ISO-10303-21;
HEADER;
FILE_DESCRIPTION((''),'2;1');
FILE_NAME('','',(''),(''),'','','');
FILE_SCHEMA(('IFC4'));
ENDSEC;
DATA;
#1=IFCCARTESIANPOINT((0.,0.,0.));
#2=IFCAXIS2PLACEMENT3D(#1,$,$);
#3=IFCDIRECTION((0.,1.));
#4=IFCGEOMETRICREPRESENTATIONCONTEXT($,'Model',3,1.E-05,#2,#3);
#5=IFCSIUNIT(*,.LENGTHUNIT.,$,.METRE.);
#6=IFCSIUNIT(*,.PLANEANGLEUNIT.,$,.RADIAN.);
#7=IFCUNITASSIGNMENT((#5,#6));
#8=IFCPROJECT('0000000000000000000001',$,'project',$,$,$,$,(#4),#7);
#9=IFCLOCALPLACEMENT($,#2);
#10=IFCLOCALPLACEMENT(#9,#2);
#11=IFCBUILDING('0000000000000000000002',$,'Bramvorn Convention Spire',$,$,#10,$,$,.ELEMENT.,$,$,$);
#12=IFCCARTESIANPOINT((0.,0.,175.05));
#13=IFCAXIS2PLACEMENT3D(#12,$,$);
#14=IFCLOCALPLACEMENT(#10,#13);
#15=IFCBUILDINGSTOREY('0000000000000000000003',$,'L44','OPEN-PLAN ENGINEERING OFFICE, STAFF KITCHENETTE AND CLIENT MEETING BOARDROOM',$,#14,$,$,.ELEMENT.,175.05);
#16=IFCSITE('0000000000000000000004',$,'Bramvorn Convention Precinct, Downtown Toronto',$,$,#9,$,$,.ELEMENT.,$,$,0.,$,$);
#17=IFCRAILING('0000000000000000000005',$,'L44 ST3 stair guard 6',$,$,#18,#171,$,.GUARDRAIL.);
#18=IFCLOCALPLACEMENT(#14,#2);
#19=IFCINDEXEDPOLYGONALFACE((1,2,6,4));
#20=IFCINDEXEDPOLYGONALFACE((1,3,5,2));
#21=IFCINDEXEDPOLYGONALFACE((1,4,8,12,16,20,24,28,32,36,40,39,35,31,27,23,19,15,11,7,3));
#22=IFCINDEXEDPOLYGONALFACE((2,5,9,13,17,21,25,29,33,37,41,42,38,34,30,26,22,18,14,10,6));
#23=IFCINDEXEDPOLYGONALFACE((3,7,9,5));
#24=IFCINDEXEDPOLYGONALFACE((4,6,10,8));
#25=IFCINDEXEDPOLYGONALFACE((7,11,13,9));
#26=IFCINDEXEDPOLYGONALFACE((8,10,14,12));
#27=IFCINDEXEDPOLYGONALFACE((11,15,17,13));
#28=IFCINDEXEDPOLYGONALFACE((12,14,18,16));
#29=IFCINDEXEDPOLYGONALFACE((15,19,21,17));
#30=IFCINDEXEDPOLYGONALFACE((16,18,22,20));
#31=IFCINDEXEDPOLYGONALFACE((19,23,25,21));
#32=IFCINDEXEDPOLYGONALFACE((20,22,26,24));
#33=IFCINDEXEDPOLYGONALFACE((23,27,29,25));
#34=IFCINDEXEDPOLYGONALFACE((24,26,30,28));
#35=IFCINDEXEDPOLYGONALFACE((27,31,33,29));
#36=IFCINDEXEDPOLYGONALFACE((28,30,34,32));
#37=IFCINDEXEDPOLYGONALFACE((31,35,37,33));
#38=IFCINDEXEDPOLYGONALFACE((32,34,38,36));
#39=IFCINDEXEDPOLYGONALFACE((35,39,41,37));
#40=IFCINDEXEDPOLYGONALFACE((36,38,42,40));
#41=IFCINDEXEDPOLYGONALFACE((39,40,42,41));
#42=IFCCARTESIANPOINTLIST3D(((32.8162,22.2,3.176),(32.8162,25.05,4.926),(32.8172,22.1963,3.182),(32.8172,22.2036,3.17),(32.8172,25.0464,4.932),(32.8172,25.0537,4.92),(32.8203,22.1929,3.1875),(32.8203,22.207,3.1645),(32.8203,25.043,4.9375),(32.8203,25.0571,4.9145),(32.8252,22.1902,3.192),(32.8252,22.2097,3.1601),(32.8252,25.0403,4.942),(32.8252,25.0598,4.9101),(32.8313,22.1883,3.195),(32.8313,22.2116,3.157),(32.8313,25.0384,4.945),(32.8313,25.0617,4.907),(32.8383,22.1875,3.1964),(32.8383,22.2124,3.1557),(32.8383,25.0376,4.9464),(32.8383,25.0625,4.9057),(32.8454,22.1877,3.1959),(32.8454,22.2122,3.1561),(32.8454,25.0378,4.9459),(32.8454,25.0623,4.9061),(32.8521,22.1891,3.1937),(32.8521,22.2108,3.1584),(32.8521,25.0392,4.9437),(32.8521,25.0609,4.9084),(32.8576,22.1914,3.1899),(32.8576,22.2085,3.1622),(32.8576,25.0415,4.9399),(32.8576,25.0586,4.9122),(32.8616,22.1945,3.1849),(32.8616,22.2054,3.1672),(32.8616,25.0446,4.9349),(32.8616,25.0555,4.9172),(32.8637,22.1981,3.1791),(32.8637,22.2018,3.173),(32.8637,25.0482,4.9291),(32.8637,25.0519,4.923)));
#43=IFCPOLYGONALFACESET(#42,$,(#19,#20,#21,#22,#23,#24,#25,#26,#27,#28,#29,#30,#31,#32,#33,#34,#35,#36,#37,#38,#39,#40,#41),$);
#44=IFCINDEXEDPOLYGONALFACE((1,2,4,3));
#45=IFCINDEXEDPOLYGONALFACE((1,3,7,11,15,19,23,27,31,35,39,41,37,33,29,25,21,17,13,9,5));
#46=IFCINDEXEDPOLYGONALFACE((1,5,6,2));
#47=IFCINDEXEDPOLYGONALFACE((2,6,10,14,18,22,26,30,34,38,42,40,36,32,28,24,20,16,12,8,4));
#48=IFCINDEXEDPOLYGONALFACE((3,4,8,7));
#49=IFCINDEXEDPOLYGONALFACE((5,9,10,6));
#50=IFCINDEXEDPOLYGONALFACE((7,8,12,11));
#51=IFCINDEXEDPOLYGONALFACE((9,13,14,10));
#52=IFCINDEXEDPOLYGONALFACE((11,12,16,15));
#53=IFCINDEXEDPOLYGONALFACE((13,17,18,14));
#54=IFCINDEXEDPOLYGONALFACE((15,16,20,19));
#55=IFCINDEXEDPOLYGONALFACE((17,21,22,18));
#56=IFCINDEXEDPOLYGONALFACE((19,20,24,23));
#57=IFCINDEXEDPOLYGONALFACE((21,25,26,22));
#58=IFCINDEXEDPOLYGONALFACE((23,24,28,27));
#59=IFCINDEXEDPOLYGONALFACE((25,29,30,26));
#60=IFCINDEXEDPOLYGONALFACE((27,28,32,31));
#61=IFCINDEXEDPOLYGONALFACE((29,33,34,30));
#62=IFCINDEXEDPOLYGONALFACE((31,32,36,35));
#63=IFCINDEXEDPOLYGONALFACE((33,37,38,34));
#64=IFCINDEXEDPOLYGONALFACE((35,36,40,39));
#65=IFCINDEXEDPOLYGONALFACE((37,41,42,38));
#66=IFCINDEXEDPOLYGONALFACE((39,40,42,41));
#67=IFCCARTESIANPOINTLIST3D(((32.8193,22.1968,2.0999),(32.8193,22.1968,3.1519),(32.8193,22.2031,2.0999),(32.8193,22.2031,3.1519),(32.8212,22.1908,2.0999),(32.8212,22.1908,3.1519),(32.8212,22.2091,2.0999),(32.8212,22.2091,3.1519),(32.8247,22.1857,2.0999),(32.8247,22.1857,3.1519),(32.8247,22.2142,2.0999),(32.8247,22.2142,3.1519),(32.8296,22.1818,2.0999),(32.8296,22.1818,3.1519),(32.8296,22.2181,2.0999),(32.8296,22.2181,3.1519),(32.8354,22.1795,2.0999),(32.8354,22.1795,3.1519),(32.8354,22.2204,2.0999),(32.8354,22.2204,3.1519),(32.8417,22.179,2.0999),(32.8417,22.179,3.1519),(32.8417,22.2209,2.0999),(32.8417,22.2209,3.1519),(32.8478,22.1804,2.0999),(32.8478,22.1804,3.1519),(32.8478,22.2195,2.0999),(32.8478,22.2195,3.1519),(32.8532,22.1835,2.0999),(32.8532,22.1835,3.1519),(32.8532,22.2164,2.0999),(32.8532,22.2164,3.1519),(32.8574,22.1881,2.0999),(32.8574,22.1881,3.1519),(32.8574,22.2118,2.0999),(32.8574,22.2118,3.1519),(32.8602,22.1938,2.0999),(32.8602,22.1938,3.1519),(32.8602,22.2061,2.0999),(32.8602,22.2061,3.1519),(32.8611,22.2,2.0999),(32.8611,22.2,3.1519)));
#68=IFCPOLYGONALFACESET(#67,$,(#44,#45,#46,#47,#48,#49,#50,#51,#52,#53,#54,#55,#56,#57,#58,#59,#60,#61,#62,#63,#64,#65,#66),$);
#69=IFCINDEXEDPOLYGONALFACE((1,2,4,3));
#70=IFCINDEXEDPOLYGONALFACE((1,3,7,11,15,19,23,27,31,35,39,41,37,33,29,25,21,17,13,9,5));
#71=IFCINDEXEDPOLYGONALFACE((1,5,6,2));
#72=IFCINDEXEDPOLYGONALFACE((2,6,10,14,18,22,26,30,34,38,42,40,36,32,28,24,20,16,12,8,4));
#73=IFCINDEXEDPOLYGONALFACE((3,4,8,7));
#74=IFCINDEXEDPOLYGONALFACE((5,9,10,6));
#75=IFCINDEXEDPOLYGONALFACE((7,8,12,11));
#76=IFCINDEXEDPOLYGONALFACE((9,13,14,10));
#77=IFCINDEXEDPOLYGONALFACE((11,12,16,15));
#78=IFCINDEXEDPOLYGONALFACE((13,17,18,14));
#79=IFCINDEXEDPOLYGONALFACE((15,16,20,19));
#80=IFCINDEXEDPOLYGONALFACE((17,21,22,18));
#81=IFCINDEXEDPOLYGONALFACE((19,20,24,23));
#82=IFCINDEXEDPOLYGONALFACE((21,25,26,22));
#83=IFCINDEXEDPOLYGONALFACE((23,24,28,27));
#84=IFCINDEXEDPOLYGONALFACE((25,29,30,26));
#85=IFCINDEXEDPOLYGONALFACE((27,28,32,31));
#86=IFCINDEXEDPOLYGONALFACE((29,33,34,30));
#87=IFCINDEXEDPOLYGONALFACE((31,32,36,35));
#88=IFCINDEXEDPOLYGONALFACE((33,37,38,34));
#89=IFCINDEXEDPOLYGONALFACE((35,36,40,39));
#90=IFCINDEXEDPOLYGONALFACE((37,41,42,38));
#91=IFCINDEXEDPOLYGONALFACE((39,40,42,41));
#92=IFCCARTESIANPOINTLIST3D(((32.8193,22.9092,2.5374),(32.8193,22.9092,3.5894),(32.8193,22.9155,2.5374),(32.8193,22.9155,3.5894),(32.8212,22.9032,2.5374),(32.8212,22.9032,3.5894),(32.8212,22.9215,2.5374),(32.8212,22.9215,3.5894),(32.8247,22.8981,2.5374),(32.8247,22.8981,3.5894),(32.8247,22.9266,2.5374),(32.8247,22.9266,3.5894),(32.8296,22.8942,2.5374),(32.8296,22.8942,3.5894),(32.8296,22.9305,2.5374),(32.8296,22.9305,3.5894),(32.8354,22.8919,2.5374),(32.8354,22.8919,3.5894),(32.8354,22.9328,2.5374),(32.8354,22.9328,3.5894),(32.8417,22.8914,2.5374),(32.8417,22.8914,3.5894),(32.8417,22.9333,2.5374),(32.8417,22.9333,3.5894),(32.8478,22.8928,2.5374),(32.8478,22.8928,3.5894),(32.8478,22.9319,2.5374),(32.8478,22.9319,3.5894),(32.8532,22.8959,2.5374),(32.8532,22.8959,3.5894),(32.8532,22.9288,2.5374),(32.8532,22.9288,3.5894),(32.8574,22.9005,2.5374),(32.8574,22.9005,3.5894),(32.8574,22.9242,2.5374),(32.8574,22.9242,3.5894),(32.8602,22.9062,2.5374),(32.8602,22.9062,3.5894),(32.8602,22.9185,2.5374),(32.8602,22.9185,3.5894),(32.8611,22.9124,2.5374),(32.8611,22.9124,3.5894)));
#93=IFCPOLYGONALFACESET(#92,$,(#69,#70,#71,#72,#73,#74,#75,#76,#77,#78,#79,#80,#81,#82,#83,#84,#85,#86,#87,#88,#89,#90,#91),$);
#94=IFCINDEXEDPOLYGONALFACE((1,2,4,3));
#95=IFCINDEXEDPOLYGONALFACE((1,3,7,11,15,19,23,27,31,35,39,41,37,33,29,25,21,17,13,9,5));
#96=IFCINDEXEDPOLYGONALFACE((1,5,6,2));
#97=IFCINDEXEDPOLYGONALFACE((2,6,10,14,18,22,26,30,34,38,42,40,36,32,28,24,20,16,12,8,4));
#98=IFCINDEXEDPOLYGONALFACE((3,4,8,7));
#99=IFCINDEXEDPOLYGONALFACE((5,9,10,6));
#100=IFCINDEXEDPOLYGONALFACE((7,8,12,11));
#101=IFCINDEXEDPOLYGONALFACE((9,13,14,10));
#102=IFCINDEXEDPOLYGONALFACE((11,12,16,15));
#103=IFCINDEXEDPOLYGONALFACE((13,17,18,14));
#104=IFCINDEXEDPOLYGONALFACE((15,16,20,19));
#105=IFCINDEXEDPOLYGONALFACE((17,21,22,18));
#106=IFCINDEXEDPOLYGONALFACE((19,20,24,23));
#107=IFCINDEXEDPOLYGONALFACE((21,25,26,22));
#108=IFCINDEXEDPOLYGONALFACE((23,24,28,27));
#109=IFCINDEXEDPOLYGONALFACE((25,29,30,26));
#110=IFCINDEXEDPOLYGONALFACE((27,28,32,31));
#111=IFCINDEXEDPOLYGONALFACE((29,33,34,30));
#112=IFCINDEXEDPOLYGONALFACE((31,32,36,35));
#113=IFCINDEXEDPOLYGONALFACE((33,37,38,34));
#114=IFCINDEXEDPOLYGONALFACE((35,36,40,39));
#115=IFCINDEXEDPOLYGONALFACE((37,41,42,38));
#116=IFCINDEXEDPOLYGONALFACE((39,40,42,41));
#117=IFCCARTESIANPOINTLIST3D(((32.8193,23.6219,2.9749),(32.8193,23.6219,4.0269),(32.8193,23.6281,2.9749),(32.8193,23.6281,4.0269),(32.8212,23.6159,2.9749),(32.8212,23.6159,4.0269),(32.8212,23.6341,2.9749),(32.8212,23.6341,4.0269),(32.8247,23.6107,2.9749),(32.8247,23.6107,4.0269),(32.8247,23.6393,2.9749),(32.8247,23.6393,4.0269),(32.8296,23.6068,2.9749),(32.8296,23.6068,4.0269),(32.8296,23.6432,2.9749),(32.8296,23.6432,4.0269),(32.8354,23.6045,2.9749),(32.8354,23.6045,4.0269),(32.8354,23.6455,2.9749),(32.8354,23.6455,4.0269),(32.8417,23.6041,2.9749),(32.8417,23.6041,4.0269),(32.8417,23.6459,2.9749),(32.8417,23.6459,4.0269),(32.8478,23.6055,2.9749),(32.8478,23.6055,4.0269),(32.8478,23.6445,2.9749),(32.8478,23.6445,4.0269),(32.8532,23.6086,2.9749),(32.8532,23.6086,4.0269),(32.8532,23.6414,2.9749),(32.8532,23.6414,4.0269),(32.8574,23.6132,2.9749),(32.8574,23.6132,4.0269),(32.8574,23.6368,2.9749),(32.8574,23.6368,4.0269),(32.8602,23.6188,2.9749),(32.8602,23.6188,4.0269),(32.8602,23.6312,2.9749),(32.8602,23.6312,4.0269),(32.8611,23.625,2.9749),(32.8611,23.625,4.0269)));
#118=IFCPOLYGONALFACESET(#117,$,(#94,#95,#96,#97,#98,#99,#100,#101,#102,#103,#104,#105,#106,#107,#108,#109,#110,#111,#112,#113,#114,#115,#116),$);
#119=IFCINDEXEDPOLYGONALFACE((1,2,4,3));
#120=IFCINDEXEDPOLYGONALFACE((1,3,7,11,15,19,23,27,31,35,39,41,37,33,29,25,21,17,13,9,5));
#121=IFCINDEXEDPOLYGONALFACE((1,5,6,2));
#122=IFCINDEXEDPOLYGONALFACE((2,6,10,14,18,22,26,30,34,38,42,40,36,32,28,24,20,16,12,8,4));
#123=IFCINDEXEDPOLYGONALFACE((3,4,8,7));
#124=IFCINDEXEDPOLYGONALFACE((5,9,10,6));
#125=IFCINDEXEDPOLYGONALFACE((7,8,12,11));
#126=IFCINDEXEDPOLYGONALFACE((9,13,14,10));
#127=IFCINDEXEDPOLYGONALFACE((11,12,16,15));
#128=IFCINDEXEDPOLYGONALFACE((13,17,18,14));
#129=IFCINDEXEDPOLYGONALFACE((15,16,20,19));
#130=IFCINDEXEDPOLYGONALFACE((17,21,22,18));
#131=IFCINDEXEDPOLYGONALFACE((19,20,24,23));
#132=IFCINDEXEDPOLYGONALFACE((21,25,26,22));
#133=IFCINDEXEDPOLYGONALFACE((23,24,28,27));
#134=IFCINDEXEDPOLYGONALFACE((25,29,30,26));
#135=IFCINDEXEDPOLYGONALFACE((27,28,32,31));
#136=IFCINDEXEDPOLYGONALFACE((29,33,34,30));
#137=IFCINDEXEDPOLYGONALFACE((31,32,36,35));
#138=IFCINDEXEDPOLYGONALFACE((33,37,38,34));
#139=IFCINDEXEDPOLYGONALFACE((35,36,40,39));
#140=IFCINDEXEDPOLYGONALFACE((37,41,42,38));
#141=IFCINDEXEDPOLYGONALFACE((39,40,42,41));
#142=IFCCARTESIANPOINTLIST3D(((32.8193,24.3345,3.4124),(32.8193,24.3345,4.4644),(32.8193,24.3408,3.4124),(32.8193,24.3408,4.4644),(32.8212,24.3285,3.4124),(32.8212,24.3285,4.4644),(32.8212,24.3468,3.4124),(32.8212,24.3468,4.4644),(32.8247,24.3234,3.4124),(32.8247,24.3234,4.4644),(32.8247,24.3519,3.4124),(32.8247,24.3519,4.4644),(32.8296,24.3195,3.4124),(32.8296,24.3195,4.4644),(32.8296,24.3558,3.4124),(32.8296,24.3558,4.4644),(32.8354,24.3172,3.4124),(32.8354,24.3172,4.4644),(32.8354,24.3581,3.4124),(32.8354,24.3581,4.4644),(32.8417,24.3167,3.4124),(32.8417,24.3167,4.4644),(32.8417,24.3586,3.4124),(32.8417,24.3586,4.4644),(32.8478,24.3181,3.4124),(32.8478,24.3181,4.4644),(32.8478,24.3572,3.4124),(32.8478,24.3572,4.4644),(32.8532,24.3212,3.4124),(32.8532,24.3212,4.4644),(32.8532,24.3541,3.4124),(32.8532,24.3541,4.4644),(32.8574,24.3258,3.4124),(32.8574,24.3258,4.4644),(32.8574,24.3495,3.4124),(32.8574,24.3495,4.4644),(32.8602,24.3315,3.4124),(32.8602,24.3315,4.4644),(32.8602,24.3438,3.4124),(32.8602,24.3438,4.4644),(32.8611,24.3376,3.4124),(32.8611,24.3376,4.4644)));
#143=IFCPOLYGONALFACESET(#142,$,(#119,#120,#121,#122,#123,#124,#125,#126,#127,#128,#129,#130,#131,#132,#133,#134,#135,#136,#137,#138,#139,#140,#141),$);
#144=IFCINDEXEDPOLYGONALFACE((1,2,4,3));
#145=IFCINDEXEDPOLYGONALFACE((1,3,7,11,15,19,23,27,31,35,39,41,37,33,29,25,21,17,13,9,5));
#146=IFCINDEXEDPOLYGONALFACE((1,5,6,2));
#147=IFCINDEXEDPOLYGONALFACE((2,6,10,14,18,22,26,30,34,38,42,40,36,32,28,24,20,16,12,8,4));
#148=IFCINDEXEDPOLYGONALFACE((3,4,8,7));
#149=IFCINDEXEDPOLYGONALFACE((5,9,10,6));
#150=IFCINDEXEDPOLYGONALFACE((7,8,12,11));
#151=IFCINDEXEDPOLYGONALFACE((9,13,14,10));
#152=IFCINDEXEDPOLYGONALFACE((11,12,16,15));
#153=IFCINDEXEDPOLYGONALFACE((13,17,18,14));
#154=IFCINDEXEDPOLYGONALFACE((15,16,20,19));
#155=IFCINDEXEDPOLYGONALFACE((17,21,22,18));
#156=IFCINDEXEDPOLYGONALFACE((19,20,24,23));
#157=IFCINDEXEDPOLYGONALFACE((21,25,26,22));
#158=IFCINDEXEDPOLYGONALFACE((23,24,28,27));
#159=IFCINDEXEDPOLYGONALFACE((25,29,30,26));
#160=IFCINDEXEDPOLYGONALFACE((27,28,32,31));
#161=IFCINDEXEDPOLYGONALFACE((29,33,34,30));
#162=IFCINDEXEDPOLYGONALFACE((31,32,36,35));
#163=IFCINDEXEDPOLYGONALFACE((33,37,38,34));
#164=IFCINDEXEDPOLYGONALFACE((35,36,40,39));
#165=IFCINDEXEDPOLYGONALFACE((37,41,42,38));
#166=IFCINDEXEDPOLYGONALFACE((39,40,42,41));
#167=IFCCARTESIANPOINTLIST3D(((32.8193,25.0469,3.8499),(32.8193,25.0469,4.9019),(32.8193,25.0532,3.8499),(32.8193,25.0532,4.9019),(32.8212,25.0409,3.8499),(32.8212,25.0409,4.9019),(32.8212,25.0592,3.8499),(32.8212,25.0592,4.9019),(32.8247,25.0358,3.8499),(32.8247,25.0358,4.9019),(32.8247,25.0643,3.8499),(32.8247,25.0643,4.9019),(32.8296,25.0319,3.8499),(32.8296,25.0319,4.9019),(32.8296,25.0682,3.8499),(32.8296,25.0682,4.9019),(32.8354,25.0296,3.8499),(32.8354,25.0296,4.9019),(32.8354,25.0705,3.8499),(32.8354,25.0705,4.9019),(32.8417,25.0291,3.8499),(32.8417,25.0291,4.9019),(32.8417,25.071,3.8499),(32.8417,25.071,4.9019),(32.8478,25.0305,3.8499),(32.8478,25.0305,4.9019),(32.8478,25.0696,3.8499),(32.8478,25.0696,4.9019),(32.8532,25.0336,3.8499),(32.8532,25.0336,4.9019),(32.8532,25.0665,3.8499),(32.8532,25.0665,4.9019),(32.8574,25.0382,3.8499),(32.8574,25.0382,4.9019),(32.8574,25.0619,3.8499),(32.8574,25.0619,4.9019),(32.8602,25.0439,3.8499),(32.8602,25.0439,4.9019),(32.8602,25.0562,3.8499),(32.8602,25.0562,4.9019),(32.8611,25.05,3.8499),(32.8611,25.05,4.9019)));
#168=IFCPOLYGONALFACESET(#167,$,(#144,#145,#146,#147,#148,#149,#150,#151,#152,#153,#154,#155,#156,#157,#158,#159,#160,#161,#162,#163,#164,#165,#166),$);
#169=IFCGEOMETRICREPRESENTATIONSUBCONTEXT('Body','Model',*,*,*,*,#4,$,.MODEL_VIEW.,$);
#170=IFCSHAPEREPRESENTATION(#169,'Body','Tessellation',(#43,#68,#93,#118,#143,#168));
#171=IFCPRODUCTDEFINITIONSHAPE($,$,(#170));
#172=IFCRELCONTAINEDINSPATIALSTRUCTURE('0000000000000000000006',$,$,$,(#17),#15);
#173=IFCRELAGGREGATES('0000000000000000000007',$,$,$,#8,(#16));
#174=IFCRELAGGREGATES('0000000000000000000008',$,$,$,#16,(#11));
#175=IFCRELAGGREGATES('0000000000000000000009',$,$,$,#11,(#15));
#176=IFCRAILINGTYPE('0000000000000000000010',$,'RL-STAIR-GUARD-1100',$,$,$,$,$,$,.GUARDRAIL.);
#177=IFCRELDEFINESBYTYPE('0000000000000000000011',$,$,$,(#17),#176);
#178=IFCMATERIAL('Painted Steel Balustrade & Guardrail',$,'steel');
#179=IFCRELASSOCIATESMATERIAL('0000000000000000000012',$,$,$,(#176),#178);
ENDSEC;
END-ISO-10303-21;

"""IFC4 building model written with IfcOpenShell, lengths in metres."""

from ifc_helpers import new_model, si_unit, direction, frame, origin, origin_2d, place, context, subcontext, project, spatial, circle, extrude, material, type_object, element, save


model = new_model("IFC4")

# Units and contexts
model_context = context("Model", 3, precision=1e-05, world=origin(), true_north=direction((0.0, 1.0)))
body_context = subcontext(model_context, "Body", "Model", "MODEL_VIEW")
ifc_project = project(units=[si_unit("LENGTHUNIT", "METRE"), si_unit("PLANEANGLEUNIT", "RADIAN")], contexts=[model_context])

# Site, building, storey
site_placement = place(None, origin())
site = spatial("IfcSite", under=ifc_project, at=site_placement, Name="Bramvorn Convention Precinct, Downtown Toronto", CompositionType="ELEMENT", RefElevation=0.0)
building_placement = place(site_placement, origin())
building = spatial("IfcBuilding", under=site, at=building_placement, Name="Bramvorn Convention Spire", CompositionType="ELEMENT")
storey_placement = place(building_placement, frame((0.0, 0.0, 175.05)))
storey = spatial("IfcBuildingStorey", under=building, at=storey_placement, Name="L44", Description="OPEN-PLAN ENGINEERING OFFICE, STAFF KITCHENETTE AND CLIENT MEETING BOARDROOM", CompositionType="ELEMENT", Elevation=175.05)

# Railing
ifc_material_1 = material(Name="Painted Steel Balustrade & Guardrail", Category="steel")
railing_type_1 = type_object("IfcRailingType", Name="RL-STAIR-GUARD-1100", PredefinedType="GUARDRAIL", material=ifc_material_1)
railing_1_placement = place(storey_placement, frame((32.8401, 22.2, 2.0999)))
element("IfcRailing", 1, at=railing_1_placement, inside=storey, type_object=railing_type_1, Name="L44 ST3 stair guard 6", PredefinedType="GUARDRAIL", context=body_context, shape_type="SweptSolid", body=[
    extrude(circle(Radius=0.0239, at=origin_2d()), frame((0.0, 0.0, 1.0762), z_axis=(0.0, 0.852179, 0.52325), x_axis=(-1.0, 0.0, 0.0)), (0.0, 0.0, 1.0), 3.3445),
    extrude(circle(Radius=0.021, at=origin_2d()), origin(), (0.0, 0.0, 1.0), 1.052),
    extrude(circle(Radius=0.021, at=origin_2d()), frame((0.0, 0.7124, 0.4375)), (0.0, 0.0, 1.0), 1.052),
    extrude(circle(Radius=0.021, at=origin_2d()), frame((0.0, 1.425, 0.875)), (0.0, 0.0, 1.0), 1.052),
    extrude(circle(Radius=0.021, at=origin_2d()), frame((0.0, 2.1377, 1.3125)), (0.0, 0.0, 1.0), 1.052),
    extrude(circle(Radius=0.021, at=origin_2d()), frame((0.0, 2.8501, 1.75)), (0.0, 0.0, 1.0), 1.052),
])

save(model, "model.ifc")
